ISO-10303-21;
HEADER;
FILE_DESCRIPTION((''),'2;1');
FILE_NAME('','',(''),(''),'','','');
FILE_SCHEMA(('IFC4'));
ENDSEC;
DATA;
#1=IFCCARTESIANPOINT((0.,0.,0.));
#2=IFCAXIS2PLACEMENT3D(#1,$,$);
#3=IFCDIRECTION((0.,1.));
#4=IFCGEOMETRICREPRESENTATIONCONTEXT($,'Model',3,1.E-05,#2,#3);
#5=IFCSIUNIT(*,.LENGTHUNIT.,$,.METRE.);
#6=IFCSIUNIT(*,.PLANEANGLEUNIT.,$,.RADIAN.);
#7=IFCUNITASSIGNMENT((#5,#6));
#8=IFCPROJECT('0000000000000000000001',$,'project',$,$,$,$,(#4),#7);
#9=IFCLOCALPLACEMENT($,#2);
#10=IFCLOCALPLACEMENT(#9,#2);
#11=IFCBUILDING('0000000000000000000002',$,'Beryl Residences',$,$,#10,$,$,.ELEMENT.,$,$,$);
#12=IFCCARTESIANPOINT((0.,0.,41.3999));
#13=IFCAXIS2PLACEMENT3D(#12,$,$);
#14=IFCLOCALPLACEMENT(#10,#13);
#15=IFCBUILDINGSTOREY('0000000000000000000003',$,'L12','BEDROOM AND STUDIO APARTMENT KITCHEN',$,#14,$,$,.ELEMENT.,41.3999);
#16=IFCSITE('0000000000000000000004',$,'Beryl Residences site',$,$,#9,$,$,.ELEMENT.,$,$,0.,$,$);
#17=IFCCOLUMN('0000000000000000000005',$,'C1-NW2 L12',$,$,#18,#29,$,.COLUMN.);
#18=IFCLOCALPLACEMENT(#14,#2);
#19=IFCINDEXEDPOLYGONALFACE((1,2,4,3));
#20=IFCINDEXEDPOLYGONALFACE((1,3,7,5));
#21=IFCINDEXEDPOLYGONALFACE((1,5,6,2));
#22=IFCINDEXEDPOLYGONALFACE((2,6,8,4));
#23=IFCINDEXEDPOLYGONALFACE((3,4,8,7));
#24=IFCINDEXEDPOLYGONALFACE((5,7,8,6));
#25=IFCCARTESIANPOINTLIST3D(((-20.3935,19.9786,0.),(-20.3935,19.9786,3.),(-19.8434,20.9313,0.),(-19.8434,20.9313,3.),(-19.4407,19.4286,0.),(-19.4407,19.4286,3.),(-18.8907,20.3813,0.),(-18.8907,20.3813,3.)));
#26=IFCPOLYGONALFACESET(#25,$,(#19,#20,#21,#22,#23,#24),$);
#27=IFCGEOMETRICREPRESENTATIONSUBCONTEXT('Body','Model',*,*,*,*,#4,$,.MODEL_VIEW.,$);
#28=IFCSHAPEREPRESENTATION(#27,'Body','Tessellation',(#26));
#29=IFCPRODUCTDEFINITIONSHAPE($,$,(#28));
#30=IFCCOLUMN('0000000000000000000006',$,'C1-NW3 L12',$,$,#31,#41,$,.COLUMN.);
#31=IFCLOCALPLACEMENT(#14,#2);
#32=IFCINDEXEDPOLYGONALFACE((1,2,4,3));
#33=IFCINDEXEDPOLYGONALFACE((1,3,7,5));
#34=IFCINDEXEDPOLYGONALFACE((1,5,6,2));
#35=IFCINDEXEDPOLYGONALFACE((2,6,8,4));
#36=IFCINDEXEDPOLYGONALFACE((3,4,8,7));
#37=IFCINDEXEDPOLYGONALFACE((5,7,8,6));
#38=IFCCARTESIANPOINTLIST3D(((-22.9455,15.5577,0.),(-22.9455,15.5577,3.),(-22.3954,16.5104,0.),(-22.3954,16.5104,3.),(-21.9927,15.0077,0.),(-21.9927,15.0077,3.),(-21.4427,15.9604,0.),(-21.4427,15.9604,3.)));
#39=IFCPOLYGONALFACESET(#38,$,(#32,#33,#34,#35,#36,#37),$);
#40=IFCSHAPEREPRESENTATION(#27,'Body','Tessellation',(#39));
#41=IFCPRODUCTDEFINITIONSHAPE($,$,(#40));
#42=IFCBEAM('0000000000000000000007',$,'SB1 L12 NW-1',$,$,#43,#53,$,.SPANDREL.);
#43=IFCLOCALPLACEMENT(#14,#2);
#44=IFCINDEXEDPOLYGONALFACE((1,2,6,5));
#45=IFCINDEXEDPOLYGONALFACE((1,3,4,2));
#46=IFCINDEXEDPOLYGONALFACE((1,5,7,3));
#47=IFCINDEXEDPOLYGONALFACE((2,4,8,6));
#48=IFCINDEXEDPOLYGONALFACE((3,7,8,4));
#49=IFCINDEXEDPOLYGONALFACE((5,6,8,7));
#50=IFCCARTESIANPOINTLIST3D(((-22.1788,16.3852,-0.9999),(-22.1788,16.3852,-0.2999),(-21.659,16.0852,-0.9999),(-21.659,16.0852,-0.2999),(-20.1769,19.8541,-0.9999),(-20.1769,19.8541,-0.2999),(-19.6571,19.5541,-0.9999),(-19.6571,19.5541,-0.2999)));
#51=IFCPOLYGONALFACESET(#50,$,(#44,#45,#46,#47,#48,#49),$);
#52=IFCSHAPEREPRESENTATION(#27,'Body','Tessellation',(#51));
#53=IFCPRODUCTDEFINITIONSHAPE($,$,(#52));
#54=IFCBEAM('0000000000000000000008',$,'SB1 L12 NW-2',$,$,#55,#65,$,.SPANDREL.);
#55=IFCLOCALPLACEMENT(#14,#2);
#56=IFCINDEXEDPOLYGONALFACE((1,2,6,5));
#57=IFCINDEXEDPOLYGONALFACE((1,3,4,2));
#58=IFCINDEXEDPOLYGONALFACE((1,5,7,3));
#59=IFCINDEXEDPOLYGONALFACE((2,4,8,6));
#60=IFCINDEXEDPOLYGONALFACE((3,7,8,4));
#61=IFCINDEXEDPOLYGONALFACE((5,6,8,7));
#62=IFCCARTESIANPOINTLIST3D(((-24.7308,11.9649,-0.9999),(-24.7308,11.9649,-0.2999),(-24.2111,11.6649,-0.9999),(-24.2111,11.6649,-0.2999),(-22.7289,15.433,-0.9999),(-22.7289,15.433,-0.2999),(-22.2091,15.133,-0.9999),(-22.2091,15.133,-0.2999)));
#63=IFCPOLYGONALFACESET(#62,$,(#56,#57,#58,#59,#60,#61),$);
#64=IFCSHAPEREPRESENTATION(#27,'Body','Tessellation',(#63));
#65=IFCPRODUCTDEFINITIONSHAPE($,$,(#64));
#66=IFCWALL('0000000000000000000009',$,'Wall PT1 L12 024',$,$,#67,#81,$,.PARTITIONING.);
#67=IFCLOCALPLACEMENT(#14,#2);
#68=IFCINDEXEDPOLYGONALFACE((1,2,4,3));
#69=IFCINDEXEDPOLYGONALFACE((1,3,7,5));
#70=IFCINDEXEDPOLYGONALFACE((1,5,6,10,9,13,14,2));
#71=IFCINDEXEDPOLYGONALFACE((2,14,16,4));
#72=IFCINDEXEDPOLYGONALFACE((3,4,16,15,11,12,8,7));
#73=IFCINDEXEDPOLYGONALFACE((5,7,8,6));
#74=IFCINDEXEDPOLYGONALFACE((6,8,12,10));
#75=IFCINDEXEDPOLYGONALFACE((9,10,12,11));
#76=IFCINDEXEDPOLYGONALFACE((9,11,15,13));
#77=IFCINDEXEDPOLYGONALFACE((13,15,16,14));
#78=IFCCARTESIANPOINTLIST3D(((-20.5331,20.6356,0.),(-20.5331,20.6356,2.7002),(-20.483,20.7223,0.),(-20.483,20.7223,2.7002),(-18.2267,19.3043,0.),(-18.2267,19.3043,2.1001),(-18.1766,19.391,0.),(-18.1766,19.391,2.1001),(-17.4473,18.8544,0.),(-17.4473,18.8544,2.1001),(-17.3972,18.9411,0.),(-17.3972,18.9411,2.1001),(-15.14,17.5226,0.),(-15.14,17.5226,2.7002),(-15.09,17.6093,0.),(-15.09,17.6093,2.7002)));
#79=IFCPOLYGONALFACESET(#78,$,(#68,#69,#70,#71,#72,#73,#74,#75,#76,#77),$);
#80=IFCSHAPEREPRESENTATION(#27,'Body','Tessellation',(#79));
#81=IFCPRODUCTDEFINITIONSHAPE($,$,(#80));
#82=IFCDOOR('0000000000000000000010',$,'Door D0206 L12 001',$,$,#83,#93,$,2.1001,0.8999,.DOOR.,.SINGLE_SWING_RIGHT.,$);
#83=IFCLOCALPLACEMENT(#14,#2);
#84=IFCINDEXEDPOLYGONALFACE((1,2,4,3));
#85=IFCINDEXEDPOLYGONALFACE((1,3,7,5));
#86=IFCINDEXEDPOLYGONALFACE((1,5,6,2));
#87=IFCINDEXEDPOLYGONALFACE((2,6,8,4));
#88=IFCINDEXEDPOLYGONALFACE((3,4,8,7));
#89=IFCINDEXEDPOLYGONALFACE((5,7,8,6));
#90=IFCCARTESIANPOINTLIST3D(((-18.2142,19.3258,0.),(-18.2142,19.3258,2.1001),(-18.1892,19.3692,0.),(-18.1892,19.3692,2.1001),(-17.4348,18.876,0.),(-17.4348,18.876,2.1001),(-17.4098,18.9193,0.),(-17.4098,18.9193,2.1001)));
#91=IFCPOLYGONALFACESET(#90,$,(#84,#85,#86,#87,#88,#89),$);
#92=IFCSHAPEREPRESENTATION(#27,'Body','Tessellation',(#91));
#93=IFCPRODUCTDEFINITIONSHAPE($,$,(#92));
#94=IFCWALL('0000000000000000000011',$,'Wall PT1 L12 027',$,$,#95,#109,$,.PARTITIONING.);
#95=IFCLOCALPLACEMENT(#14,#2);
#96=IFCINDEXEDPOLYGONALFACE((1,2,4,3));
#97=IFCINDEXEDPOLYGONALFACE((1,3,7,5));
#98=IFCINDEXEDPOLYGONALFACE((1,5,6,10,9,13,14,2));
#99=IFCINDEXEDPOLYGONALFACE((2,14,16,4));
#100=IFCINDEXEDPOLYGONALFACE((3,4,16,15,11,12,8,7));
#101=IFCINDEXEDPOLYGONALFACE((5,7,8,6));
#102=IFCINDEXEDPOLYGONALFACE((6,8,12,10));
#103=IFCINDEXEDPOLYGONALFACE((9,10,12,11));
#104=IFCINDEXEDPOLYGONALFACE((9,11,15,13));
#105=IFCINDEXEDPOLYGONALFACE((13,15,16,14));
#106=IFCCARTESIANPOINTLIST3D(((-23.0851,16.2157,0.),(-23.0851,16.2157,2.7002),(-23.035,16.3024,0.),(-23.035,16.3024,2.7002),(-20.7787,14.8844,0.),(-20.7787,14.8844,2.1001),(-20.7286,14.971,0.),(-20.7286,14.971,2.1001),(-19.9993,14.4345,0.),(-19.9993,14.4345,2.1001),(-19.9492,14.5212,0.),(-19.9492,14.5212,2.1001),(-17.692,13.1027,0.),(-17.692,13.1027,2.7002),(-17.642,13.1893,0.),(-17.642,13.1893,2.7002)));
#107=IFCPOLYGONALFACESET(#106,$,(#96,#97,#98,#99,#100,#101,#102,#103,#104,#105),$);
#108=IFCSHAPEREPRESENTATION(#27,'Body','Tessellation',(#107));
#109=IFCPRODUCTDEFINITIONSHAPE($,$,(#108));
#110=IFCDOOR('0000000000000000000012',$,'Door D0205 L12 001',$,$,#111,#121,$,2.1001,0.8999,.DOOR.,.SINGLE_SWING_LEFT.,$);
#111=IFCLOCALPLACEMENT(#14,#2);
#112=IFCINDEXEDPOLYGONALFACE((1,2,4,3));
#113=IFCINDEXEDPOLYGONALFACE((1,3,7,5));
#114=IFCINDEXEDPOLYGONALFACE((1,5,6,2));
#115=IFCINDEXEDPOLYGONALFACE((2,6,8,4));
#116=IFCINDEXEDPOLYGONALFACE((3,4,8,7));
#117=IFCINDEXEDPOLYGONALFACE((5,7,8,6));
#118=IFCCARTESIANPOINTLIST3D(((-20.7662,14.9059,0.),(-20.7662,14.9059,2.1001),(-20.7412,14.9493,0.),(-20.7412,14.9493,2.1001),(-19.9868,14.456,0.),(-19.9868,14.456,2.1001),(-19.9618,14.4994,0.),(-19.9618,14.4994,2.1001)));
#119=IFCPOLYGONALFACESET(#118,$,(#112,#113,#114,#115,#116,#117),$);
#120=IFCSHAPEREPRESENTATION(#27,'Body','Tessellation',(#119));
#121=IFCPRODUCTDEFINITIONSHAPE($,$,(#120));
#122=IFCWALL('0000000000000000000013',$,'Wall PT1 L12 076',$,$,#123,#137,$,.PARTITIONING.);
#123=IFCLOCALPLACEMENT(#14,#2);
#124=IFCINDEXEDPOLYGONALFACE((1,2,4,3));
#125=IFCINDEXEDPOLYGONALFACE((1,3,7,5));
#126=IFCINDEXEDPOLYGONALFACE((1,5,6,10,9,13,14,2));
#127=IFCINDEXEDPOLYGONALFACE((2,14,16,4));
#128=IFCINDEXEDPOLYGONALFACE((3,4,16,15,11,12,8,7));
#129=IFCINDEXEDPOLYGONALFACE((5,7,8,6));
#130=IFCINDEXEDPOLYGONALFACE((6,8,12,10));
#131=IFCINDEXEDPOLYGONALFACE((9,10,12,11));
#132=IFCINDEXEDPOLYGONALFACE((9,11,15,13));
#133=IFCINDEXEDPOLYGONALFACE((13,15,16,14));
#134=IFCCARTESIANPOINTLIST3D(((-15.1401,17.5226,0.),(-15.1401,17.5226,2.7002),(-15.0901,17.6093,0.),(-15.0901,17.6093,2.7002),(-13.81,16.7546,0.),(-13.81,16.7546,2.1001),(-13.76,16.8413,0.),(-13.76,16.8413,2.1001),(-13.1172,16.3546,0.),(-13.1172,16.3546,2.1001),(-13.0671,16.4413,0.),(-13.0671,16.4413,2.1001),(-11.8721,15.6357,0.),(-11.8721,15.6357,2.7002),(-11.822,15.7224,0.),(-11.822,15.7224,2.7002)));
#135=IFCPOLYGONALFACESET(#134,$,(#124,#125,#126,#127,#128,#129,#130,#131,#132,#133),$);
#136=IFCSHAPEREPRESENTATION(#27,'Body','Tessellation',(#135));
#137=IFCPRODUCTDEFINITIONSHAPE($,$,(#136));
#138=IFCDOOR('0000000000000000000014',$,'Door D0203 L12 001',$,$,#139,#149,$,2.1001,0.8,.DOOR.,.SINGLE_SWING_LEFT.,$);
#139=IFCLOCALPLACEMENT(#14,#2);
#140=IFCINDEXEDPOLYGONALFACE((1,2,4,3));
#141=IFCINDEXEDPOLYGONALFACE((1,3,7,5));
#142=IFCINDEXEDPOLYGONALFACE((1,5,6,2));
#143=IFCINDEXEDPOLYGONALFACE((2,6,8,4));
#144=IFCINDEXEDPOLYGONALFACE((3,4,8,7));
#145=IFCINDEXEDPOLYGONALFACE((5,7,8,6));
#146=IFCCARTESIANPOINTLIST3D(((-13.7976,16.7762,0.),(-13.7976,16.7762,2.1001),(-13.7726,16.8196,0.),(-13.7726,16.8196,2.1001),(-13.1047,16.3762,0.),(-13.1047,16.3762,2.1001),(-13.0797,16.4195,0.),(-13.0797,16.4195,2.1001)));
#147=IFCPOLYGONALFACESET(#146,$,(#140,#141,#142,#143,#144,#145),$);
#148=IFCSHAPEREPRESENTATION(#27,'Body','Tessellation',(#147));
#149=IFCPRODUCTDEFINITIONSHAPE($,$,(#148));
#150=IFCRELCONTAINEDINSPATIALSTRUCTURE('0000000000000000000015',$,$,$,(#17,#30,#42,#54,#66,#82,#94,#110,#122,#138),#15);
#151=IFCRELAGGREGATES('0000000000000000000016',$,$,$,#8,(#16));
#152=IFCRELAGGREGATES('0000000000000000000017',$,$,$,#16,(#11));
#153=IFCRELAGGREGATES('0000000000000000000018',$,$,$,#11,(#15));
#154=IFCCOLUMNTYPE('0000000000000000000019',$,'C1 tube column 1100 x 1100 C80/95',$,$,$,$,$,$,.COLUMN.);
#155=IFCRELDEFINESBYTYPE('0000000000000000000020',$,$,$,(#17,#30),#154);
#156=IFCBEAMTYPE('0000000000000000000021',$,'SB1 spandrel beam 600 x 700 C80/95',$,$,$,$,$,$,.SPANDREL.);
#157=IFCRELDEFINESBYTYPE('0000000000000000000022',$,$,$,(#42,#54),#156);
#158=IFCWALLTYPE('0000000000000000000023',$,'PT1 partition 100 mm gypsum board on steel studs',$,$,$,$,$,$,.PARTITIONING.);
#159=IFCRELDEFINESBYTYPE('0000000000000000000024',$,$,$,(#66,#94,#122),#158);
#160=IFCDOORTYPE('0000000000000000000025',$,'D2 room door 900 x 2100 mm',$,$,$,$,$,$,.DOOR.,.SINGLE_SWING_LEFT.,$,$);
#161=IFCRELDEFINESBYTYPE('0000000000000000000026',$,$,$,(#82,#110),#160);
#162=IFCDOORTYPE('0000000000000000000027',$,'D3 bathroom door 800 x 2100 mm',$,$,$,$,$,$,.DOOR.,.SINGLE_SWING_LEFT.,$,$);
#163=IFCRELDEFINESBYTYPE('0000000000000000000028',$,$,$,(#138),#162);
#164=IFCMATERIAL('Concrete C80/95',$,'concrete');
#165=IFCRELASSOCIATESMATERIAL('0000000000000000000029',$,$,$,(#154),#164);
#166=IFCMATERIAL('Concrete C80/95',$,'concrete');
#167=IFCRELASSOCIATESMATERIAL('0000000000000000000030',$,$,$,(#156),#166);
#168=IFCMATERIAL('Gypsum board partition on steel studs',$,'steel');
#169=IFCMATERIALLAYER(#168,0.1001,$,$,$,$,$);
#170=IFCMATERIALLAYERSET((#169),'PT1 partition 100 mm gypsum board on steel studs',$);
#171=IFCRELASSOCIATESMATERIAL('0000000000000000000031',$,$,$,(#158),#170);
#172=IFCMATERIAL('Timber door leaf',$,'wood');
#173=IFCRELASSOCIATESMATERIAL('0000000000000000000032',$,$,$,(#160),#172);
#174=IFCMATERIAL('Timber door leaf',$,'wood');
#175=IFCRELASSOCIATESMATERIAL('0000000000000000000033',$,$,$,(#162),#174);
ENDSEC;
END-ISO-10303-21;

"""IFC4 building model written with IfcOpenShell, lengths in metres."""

from ifc_helpers import new_model, si_unit, direction, frame, frame_2d, origin, origin_2d, place, context, subcontext, project, spatial, rectangle, extrude, material, layer, layer_set, material_profile, profile_set, type_object, element, fill, save


model = new_model("IFC4")

# Units and contexts
model_context = context("Model", 3, precision=1e-05, world=origin(), true_north=direction((0.0, 1.0)))
body_context = subcontext(model_context, "Body", "Model", "MODEL_VIEW")
ifc_project = project(units=[si_unit("LENGTHUNIT", "METRE"), si_unit("PLANEANGLEUNIT", "RADIAN")], contexts=[model_context])

# Site, building, storey
site_placement = place(None, origin())
site = spatial("IfcSite", under=ifc_project, at=site_placement, Name="Beryl Residences site", CompositionType="ELEMENT", RefElevation=0.0)
building_placement = place(site_placement, origin())
building = spatial("IfcBuilding", under=site, at=building_placement, Name="Beryl Residences", CompositionType="ELEMENT")
storey_placement = place(building_placement, frame((0.0, 0.0, 41.3999)))
storey = spatial("IfcBuildingStorey", under=building, at=storey_placement, Name="L12", Description="BEDROOM AND STUDIO APARTMENT KITCHEN", CompositionType="ELEMENT", Elevation=41.3999)

# Columns
ifc_material_1 = material(Name="Concrete C80/95", Category="concrete")
ifc_material_profile_1 = material_profile(ifc_material_1, rectangle(XDim=1.1001, YDim=1.1001, at=origin_2d()))
ifc_profile_set_1 = profile_set([ifc_material_profile_1], Name="Concrete C80/95")
column_type = type_object("IfcColumnType", Name="C1 tube column 1100 x 1100 C80/95", PredefinedType="COLUMN", material=ifc_profile_set_1)
for number, where, z_axis, x_axis, name in (
    (1, (-19.6421, 20.1799, 0.0), (0.0, 0.0, 1.0), (-0.499985, -0.866034, 0.0), "C1-NW2 L12"),
    (2, (-22.1941, 15.759, 0.0), (0.0, 0.0, 1.0), (-0.499985, -0.866034, 0.0), "C1-NW3 L12"),
):
    element("IfcColumn", number, at=place(storey_placement, frame(where, z_axis=z_axis, x_axis=x_axis)), inside=storey, type_object=column_type, Name=name, PredefinedType="COLUMN", context=body_context, shape_type="SweptSolid", body=[
        extrude(rectangle(XDim=1.1001, YDim=1.1001, at=origin_2d()), origin(), (0.0, 0.0, 1.0), 3.0),
    ])

# Beams
ifc_material_2 = material(Name="Concrete C80/95", Category="concrete")
ifc_material_profile_2 = material_profile(ifc_material_2, rectangle(XDim=0.6001, YDim=0.7, at=origin_2d()))
ifc_profile_set_2 = profile_set([ifc_material_profile_2], Name="Concrete C80/95")
beam_type = type_object("IfcBeamType", Name="SB1 spandrel beam 600 x 700 C80/95", PredefinedType="SPANDREL", material=ifc_profile_set_2)
beam_1_placement = place(storey_placement, frame((-19.917, 19.7041, -0.6499), z_axis=(-0.499837, -0.86612, 0.0), x_axis=(0.86612, -0.499837, 0.0)))
element("IfcBeam", 3, at=beam_1_placement, inside=storey, type_object=beam_type, Name="SB1 L12 NW-1", PredefinedType="SPANDREL", context=body_context, shape_type="SweptSolid", body=[
    extrude(rectangle(XDim=0.6001, YDim=0.7, at=origin_2d()), origin(), (0.0, 0.0, 1.0), 4.0051),
])
beam_2_placement = place(storey_placement, frame((-22.469, 15.283, -0.6499), z_axis=(-0.499942, -0.866059, 0.0), x_axis=(0.866059, -0.499942, 0.0)))
element("IfcBeam", 4, at=beam_2_placement, inside=storey, type_object=beam_type, Name="SB1 L12 NW-2", PredefinedType="SPANDREL", context=body_context, shape_type="SweptSolid", body=[
    extrude(rectangle(XDim=0.6001, YDim=0.7, at=origin_2d()), origin(), (0.0, 0.0, 1.0), 4.0044),
])

# Walls, openings, doors
ifc_material_3 = material(Name="Gypsum board partition on steel studs", Category="steel")
ifc_layer = layer(ifc_material_3, 0.1001)
ifc_layer_set = layer_set([ifc_layer], Name="PT1 partition 100 mm gypsum board on steel studs")
wall_type = type_object("IfcWallType", Name="PT1 partition 100 mm gypsum board on steel studs", PredefinedType="PARTITIONING", material=ifc_layer_set)
wall_1_placement = place(storey_placement, frame((-20.5081, 20.679, 0.0), z_axis=(0.0, 0.0, 1.0), x_axis=(0.866071, -0.499922, 0.0)))
wall_1 = element("IfcWall", 5, at=wall_1_placement, inside=storey, type_object=wall_type, Name="Wall PT1 L12 024", PredefinedType="PARTITIONING", context=body_context, shape_type="SweptSolid", body=[
    extrude(rectangle(XDim=6.2271, YDim=0.1001, at=frame_2d((3.1135, 0.0))), origin(), (0.0, 0.0, 1.0), 2.7002),
])
opening_1_placement = place(wall_1_placement, frame((2.6631, 0.0, 0.0)))
opening_1 = element("IfcOpeningElement", 6, at=opening_1_placement, cuts=wall_1, PredefinedType="OPENING", context=body_context, shape_type="SweptSolid", body=[
    extrude(rectangle(XDim=0.8999, YDim=2.1001, at=frame_2d((0.45, 1.05))), frame((0.0, 0.0601, 0.0), z_axis=(0.0, -1.0, 0.0), x_axis=(1.0, 0.0, 0.0)), (0.0, 0.0, 1.0), 0.1201),
])
ifc_material_4 = material(Name="Timber door leaf", Category="wood")
door_type_1 = type_object("IfcDoorType", Name="D2 room door 900 x 2100 mm", OperationType="SINGLE_SWING_LEFT", PredefinedType="DOOR", material=ifc_material_4)
door_1_placement = place(opening_1_placement, origin())
door_1 = element("IfcDoor", 7, at=door_1_placement, inside=storey, type_object=door_type_1, Name="Door D0206 L12 001", OperationType="SINGLE_SWING_RIGHT", OverallHeight=2.1001, OverallWidth=0.8999, PredefinedType="DOOR", context=body_context, shape_type="SweptSolid", body=[
    extrude(rectangle(XDim=0.8999, YDim=2.1001, at=frame_2d((0.45, 1.05))), frame((0.0, 0.0249, 0.0), z_axis=(0.0, -1.0, 0.0), x_axis=(1.0, 0.0, 0.0)), (0.0, 0.0, 1.0), 0.05),
])
fill(opening_1, door_1)
wall_2_placement = place(storey_placement, frame((-23.0601, 16.259, 0.0), z_axis=(0.0, 0.0, 1.0), x_axis=(0.866071, -0.499922, 0.0)))
wall_2 = element("IfcWall", 8, at=wall_2_placement, inside=storey, type_object=wall_type, Name="Wall PT1 L12 027", PredefinedType="PARTITIONING", context=body_context, shape_type="SweptSolid", body=[
    extrude(rectangle(XDim=6.2271, YDim=0.1001, at=frame_2d((3.1135, 0.0))), origin(), (0.0, 0.0, 1.0), 2.7002),
])
opening_2_placement = place(wall_2_placement, frame((2.6631, 0.0, 0.0)))
opening_2 = element("IfcOpeningElement", 9, at=opening_2_placement, cuts=wall_2, PredefinedType="OPENING", context=body_context, shape_type="SweptSolid", body=[
    extrude(rectangle(XDim=0.8999, YDim=2.1001, at=frame_2d((0.45, 1.05))), frame((0.0, 0.0601, 0.0), z_axis=(0.0, -1.0, 0.0), x_axis=(1.0, 0.0, 0.0)), (0.0, 0.0, 1.0), 0.1201),
])
door_2_placement = place(opening_2_placement, origin())
door_2 = element("IfcDoor", 10, at=door_2_placement, inside=storey, type_object=door_type_1, Name="Door D0205 L12 001", OperationType="SINGLE_SWING_LEFT", OverallHeight=2.1001, OverallWidth=0.8999, PredefinedType="DOOR", context=body_context, shape_type="SweptSolid", body=[
    extrude(rectangle(XDim=0.8999, YDim=2.1001, at=frame_2d((0.45, 1.05))), frame((0.0, 0.0249, 0.0), z_axis=(0.0, -1.0, 0.0), x_axis=(1.0, 0.0, 0.0)), (0.0, 0.0, 1.0), 0.05),
])
fill(opening_2, door_2)
wall_3_placement = place(storey_placement, frame((-15.115, 17.5659, 0.0), z_axis=(0.0, 0.0, 1.0), x_axis=(0.866009, -0.500029, 0.0)))
wall_3 = element("IfcWall", 11, at=wall_3_placement, inside=storey, type_object=wall_type, Name="Wall PT1 L12 076", PredefinedType="PARTITIONING", context=body_context, shape_type="SweptSolid", body=[
    extrude(rectangle(XDim=3.7737, YDim=0.1001, at=frame_2d((1.8867, 0.0))), origin(), (0.0, 0.0, 1.0), 2.7002),
])
opening_3_placement = place(wall_3_placement, frame((1.5359, 0.0, 0.0)))
opening_3 = element("IfcOpeningElement", 12, at=opening_3_placement, cuts=wall_3, PredefinedType="OPENING", context=body_context, shape_type="SweptSolid", body=[
    extrude(rectangle(XDim=0.8, YDim=2.1001, at=frame_2d((0.3999, 1.05))), frame((0.0, 0.0601, 0.0), z_axis=(0.0, -1.0, 0.0), x_axis=(1.0, 0.0, 0.0)), (0.0, 0.0, 1.0), 0.1201),
])
ifc_material_5 = material(Name="Timber door leaf", Category="wood")
door_type_2 = type_object("IfcDoorType", Name="D3 bathroom door 800 x 2100 mm", OperationType="SINGLE_SWING_LEFT", PredefinedType="DOOR", material=ifc_material_5)
door_3_placement = place(opening_3_placement, origin())
door_3 = element("IfcDoor", 13, at=door_3_placement, inside=storey, type_object=door_type_2, Name="Door D0203 L12 001", OperationType="SINGLE_SWING_LEFT", OverallHeight=2.1001, OverallWidth=0.8, PredefinedType="DOOR", context=body_context, shape_type="SweptSolid", body=[
    extrude(rectangle(XDim=0.8, YDim=2.1001, at=frame_2d((0.3999, 1.05))), frame((0.0, 0.0249, 0.0), z_axis=(0.0, -1.0, 0.0), x_axis=(1.0, 0.0, 0.0)), (0.0, 0.0, 1.0), 0.05),
])
fill(opening_3, door_3)

save(model, "model.ifc")
